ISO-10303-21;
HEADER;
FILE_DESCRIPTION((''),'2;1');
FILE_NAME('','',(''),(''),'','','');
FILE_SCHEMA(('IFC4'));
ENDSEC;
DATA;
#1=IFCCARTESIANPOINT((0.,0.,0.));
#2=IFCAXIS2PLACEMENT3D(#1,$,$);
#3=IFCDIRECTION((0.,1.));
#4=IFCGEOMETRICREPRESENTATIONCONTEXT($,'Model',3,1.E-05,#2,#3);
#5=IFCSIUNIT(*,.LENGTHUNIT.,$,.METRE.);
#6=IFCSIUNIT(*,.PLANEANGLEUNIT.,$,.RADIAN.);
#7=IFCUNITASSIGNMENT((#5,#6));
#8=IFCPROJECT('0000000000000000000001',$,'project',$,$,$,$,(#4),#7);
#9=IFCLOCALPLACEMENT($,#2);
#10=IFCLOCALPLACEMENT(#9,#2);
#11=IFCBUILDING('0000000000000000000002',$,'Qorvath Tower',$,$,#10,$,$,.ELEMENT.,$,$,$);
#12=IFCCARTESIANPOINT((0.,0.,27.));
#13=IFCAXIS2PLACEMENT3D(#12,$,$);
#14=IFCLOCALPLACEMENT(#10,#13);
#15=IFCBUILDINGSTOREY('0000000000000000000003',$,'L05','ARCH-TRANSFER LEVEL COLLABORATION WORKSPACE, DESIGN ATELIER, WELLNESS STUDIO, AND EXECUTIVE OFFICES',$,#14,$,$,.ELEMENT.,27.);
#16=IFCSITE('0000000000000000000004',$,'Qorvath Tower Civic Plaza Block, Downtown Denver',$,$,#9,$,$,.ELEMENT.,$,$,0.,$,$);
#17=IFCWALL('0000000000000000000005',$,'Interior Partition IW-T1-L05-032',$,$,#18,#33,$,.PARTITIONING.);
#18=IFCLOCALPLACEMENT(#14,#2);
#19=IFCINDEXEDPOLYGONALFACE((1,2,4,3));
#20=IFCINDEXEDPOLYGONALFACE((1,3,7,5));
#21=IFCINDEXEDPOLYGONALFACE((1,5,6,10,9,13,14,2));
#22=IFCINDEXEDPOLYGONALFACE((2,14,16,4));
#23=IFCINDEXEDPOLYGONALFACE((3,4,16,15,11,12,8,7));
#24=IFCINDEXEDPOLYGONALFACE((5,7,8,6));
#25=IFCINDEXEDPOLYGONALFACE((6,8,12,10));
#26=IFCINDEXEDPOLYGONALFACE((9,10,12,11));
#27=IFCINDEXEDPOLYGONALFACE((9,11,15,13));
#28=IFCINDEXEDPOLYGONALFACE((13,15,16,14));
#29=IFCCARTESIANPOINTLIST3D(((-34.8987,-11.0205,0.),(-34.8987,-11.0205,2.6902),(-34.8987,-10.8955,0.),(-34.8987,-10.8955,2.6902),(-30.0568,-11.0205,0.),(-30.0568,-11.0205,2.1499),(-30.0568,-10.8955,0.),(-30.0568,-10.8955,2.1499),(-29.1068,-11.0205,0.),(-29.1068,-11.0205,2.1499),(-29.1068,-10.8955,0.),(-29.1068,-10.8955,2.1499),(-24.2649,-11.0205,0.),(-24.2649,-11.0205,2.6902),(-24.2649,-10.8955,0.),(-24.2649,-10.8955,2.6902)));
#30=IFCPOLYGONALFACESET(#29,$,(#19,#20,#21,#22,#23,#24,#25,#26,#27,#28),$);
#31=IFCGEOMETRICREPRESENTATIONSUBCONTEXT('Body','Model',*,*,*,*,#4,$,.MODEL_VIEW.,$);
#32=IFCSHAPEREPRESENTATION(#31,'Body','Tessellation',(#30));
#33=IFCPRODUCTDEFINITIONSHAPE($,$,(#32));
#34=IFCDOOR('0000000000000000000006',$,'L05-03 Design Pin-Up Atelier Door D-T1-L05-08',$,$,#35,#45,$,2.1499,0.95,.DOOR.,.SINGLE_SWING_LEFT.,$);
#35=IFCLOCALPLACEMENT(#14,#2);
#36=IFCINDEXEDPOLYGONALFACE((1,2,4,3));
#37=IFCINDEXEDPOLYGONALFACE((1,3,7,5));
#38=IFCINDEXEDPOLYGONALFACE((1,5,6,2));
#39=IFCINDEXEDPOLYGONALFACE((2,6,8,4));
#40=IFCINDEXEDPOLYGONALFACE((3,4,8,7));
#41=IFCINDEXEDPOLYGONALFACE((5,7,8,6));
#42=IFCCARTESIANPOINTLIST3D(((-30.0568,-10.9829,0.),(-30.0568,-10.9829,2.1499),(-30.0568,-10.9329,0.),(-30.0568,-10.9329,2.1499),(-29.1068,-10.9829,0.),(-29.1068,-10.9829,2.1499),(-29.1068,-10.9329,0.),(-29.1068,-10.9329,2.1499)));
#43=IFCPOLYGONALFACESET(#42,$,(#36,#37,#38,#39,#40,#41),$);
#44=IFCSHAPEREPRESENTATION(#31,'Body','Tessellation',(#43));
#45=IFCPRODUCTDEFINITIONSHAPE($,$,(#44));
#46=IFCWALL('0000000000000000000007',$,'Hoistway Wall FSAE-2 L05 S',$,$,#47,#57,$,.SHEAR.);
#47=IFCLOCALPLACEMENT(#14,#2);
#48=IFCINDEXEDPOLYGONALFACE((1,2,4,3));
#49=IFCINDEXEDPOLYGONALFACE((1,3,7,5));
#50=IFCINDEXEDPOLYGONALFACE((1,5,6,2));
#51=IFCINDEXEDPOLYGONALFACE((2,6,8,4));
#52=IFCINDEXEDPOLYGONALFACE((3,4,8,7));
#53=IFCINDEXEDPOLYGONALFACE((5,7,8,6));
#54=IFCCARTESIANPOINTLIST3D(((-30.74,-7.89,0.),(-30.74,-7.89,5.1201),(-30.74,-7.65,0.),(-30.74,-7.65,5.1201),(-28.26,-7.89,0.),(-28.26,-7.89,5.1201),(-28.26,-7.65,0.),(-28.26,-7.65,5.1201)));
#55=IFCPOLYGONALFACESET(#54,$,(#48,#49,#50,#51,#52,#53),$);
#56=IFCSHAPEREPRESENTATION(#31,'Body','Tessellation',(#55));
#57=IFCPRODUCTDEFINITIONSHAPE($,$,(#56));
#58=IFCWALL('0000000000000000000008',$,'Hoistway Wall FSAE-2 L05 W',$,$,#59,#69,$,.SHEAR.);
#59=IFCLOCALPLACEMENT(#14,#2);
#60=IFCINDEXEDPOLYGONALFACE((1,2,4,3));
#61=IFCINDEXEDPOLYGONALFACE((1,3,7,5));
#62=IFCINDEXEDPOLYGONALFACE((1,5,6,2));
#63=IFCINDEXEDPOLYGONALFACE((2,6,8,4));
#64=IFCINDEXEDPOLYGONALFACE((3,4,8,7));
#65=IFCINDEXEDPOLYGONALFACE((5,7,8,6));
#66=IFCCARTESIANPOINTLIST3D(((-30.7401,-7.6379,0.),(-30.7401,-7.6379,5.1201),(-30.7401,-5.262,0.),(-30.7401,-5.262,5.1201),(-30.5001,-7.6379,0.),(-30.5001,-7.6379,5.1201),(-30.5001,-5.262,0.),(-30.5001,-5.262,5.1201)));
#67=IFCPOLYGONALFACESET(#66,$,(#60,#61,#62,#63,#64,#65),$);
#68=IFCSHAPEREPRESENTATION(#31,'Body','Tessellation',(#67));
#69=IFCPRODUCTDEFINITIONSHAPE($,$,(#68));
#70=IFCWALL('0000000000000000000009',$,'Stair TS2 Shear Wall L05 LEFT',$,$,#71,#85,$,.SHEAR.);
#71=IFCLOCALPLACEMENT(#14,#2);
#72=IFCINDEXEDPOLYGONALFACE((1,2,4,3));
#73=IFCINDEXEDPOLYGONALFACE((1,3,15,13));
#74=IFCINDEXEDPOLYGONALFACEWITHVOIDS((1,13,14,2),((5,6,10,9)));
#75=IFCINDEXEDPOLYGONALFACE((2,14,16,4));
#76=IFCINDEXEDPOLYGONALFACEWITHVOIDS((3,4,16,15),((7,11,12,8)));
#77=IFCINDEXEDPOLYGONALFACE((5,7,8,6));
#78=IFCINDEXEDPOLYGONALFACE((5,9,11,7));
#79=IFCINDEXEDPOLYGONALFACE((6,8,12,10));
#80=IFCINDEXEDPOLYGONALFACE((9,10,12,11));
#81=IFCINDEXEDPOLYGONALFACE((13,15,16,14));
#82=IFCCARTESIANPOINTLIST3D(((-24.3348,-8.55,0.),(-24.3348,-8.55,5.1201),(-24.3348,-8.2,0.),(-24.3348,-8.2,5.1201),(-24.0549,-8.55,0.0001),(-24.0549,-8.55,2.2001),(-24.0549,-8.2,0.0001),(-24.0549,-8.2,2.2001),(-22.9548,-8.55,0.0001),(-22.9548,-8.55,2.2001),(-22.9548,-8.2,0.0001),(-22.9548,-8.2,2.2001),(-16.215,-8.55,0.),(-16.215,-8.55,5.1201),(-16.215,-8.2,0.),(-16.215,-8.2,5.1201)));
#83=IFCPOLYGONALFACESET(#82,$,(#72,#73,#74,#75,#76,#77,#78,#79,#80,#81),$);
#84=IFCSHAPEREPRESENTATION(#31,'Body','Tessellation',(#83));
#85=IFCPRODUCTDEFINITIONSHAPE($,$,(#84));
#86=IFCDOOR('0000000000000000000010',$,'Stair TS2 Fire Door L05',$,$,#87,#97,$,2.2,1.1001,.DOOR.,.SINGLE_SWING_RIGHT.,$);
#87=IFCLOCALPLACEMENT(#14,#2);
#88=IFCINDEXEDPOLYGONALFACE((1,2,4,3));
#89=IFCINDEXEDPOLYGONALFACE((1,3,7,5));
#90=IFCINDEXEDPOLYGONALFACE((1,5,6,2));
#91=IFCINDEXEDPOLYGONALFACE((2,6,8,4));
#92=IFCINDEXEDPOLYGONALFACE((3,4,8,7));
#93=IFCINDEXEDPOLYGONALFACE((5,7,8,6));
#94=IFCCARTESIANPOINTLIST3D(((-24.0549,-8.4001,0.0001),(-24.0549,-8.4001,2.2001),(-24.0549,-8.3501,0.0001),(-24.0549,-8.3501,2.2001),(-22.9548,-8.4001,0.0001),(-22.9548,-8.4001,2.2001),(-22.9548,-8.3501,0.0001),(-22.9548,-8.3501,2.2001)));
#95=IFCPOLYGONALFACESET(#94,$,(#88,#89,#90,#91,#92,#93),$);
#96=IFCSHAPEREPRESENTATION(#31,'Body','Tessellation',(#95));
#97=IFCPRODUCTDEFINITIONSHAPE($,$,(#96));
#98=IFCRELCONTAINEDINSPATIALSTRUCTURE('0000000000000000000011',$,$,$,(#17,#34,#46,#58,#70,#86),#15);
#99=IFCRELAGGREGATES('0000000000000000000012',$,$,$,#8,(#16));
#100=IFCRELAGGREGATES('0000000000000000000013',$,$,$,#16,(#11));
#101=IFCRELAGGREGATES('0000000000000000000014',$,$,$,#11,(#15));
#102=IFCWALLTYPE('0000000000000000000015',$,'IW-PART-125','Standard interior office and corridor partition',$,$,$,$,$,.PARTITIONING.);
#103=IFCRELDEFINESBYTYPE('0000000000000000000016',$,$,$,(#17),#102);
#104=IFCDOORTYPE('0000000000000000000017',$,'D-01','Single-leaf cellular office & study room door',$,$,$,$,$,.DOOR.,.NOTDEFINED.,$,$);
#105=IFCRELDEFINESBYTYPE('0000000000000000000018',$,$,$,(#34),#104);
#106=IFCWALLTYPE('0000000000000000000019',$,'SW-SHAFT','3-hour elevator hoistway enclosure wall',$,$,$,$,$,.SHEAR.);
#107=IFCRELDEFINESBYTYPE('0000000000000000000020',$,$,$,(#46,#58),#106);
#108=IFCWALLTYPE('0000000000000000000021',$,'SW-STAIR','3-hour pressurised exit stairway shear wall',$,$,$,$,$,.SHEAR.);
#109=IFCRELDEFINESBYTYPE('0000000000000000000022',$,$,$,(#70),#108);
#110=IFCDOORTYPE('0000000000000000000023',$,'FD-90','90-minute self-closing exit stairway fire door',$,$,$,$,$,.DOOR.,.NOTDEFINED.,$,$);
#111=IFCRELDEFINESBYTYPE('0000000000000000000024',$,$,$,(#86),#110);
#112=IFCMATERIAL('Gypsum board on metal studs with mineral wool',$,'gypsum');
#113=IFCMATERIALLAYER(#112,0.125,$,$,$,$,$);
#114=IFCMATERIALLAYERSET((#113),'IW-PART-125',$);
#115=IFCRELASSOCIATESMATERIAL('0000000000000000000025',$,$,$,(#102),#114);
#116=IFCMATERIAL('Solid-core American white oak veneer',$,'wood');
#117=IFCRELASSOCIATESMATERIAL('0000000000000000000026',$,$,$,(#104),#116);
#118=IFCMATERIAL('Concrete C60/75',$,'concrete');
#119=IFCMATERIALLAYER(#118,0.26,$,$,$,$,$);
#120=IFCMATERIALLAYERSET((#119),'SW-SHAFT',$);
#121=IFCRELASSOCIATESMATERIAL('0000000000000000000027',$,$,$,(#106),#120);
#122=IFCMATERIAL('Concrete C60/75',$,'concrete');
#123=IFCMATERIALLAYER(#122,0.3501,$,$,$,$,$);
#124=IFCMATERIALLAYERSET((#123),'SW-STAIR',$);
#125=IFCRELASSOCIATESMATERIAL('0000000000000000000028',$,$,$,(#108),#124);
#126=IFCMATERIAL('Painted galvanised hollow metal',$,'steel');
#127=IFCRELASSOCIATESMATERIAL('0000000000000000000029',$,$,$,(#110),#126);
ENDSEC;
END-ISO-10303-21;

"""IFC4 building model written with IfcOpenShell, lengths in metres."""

from ifc_helpers import new_model, si_unit, direction, frame, frame_2d, origin, place, context, subcontext, project, spatial, rectangle, extrude, material, layer, layer_set, type_object, element, fill, save


model = new_model("IFC4")

# Units and contexts
model_context = context("Model", 3, precision=1e-05, world=origin(), true_north=direction((0.0, 1.0)))
body_context = subcontext(model_context, "Body", "Model", "MODEL_VIEW")
ifc_project = project(units=[si_unit("LENGTHUNIT", "METRE"), si_unit("PLANEANGLEUNIT", "RADIAN")], contexts=[model_context])

# Site, building, storey
site_placement = place(None, origin())
site = spatial("IfcSite", under=ifc_project, at=site_placement, Name="Qorvath Tower Civic Plaza Block, Downtown Denver", CompositionType="ELEMENT", RefElevation=0.0)
building_placement = place(site_placement, origin())
building = spatial("IfcBuilding", under=site, at=building_placement, Name="Qorvath Tower", CompositionType="ELEMENT")
storey_placement = place(building_placement, frame((0.0, 0.0, 27.0)))
storey = spatial("IfcBuildingStorey", under=building, at=storey_placement, Name="L05", Description="ARCH-TRANSFER LEVEL COLLABORATION WORKSPACE, DESIGN ATELIER, WELLNESS STUDIO, AND EXECUTIVE OFFICES", CompositionType="ELEMENT", Elevation=27.0)

# Wall, opening, door
ifc_material_1 = material(Name="Gypsum board on metal studs with mineral wool", Category="gypsum")
ifc_layer_1 = layer(ifc_material_1, 0.125)
ifc_layer_set_1 = layer_set([ifc_layer_1], Name="IW-PART-125")
wall_type_1 = type_object("IfcWallType", Name="IW-PART-125", Description="Standard interior office and corridor partition", PredefinedType="PARTITIONING", material=ifc_layer_set_1)
wall_1_placement = place(storey_placement, frame((-24.2649, -10.958, 0.0), z_axis=(0.0, 0.0, 1.0), x_axis=(-1.0, 0.0, 0.0)))
wall_1 = element("IfcWall", 1, at=wall_1_placement, inside=storey, type_object=wall_type_1, Name="Interior Partition IW-T1-L05-032", PredefinedType="PARTITIONING", context=body_context, shape_type="SweptSolid", body=[
    extrude(rectangle(XDim=10.6338, YDim=0.125, at=frame_2d((5.3169, 0.0))), origin(), (0.0, 0.0, 1.0), 2.6902),
])
opening_1_placement = place(wall_1_placement, frame((4.8418, 0.0, 0.0)))
opening_1 = element("IfcOpeningElement", 2, at=opening_1_placement, cuts=wall_1, PredefinedType="OPENING", context=body_context, shape_type="SweptSolid", body=[
    extrude(rectangle(XDim=0.95, YDim=2.1499, at=frame_2d((0.4751, 1.075))), frame((0.0, 0.0725, 0.0), z_axis=(0.0, -1.0, 0.0), x_axis=(1.0, 0.0, 0.0)), (0.0, 0.0, 1.0), 0.145),
])
ifc_material_2 = material(Name="Solid-core American white oak veneer", Category="wood")
door_type_1 = type_object("IfcDoorType", Name="D-01", Description="Single-leaf cellular office & study room door", OperationType="NOTDEFINED", PredefinedType="DOOR", material=ifc_material_2)
door_1_placement = place(opening_1_placement, origin())
door_1 = element("IfcDoor", 3, at=door_1_placement, inside=storey, type_object=door_type_1, Name="L05-03 Design Pin-Up Atelier Door D-T1-L05-08", OperationType="SINGLE_SWING_LEFT", OverallHeight=2.1499, OverallWidth=0.95, PredefinedType="DOOR", context=body_context, shape_type="SweptSolid", body=[
    extrude(rectangle(XDim=0.95, YDim=2.1499, at=frame_2d((0.4751, 1.075))), frame((0.0, 0.0249, 0.0), z_axis=(0.0, -1.0, 0.0), x_axis=(1.0, 0.0, 0.0)), (0.0, 0.0, 1.0), 0.05),
])
fill(opening_1, door_1)

# Walls
ifc_material_3 = material(Name="Concrete C60/75", Category="concrete")
ifc_layer_2 = layer(ifc_material_3, 0.26)
ifc_layer_set_2 = layer_set([ifc_layer_2], Name="SW-SHAFT")
wall_type_2 = type_object("IfcWallType", Name="SW-SHAFT", Description="3-hour elevator hoistway enclosure wall", PredefinedType="SHEAR", material=ifc_layer_set_2)
wall_2_placement = place(storey_placement, frame((-28.26, -7.77, 0.0), z_axis=(0.0, 0.0, 1.0), x_axis=(-1.0, 0.0, 0.0)))
element("IfcWall", 4, at=wall_2_placement, inside=storey, type_object=wall_type_2, Name="Hoistway Wall FSAE-2 L05 S", PredefinedType="SHEAR", context=body_context, shape_type="SweptSolid", body=[
    extrude(rectangle(XDim=2.48, YDim=0.24, at=frame_2d((1.24, 0.0))), origin(), (0.0, 0.0, 1.0), 5.1201),
])
wall_3_placement = place(storey_placement, frame((-30.6201, -7.6379, 0.0), z_axis=(0.0, 0.0, 1.0), x_axis=(0.0, 1.0, 0.0)))
element("IfcWall", 5, at=wall_3_placement, inside=storey, type_object=wall_type_2, Name="Hoistway Wall FSAE-2 L05 W", PredefinedType="SHEAR", context=body_context, shape_type="SweptSolid", body=[
    extrude(rectangle(XDim=2.376, YDim=0.24, at=frame_2d((1.188, 0.0))), origin(), (0.0, 0.0, 1.0), 5.1201),
])

# Wall, opening, door
ifc_material_4 = material(Name="Concrete C60/75", Category="concrete")
ifc_layer_3 = layer(ifc_material_4, 0.3501)
ifc_layer_set_3 = layer_set([ifc_layer_3], Name="SW-STAIR")
wall_type_3 = type_object("IfcWallType", Name="SW-STAIR", Description="3-hour pressurised exit stairway shear wall", PredefinedType="SHEAR", material=ifc_layer_set_3)
wall_4_placement = place(storey_placement, frame((-24.335, -8.375, 0.0), z_axis=(0.0, 0.0, 1.0), x_axis=(1.0, 0.0, 0.0)))
wall_4 = element("IfcWall", 6, at=wall_4_placement, inside=storey, type_object=wall_type_3, Name="Stair TS2 Shear Wall L05 LEFT", PredefinedType="SHEAR", context=body_context, shape_type="SweptSolid", body=[
    extrude(rectangle(XDim=8.1199, YDim=0.3501, at=frame_2d((4.0601, 0.0))), origin(), (0.0, 0.0, 1.0), 5.1201),
])
opening_2_placement = place(wall_4_placement, frame((0.28, 0.0, 0.0)))
opening_2 = element("IfcOpeningElement", 7, at=opening_2_placement, cuts=wall_4, PredefinedType="OPENING", context=body_context, shape_type="SweptSolid", body=[
    extrude(rectangle(XDim=1.1001, YDim=2.2, at=frame_2d((0.55, 1.1001))), frame((0.0, 0.1851, 0.0), z_axis=(0.0, -1.0, 0.0), x_axis=(1.0, 0.0, 0.0)), (0.0, 0.0, 1.0), 0.3701),
])
ifc_material_5 = material(Name="Painted galvanised hollow metal", Category="steel")
door_type_2 = type_object("IfcDoorType", Name="FD-90", Description="90-minute self-closing exit stairway fire door", OperationType="NOTDEFINED", PredefinedType="DOOR", material=ifc_material_5)
door_2_placement = place(opening_2_placement, origin())
door_2 = element("IfcDoor", 8, at=door_2_placement, inside=storey, type_object=door_type_2, Name="Stair TS2 Fire Door L05", OperationType="SINGLE_SWING_RIGHT", OverallHeight=2.2, OverallWidth=1.1001, PredefinedType="DOOR", context=body_context, shape_type="SweptSolid", body=[
    extrude(rectangle(XDim=1.1001, YDim=2.2, at=frame_2d((0.55, 1.1001))), frame((0.0, 0.0249, 0.0), z_axis=(0.0, -1.0, 0.0), x_axis=(1.0, 0.0, 0.0)), (0.0, 0.0, 1.0), 0.05),
])
fill(opening_2, door_2)

save(model, "model.ifc")
